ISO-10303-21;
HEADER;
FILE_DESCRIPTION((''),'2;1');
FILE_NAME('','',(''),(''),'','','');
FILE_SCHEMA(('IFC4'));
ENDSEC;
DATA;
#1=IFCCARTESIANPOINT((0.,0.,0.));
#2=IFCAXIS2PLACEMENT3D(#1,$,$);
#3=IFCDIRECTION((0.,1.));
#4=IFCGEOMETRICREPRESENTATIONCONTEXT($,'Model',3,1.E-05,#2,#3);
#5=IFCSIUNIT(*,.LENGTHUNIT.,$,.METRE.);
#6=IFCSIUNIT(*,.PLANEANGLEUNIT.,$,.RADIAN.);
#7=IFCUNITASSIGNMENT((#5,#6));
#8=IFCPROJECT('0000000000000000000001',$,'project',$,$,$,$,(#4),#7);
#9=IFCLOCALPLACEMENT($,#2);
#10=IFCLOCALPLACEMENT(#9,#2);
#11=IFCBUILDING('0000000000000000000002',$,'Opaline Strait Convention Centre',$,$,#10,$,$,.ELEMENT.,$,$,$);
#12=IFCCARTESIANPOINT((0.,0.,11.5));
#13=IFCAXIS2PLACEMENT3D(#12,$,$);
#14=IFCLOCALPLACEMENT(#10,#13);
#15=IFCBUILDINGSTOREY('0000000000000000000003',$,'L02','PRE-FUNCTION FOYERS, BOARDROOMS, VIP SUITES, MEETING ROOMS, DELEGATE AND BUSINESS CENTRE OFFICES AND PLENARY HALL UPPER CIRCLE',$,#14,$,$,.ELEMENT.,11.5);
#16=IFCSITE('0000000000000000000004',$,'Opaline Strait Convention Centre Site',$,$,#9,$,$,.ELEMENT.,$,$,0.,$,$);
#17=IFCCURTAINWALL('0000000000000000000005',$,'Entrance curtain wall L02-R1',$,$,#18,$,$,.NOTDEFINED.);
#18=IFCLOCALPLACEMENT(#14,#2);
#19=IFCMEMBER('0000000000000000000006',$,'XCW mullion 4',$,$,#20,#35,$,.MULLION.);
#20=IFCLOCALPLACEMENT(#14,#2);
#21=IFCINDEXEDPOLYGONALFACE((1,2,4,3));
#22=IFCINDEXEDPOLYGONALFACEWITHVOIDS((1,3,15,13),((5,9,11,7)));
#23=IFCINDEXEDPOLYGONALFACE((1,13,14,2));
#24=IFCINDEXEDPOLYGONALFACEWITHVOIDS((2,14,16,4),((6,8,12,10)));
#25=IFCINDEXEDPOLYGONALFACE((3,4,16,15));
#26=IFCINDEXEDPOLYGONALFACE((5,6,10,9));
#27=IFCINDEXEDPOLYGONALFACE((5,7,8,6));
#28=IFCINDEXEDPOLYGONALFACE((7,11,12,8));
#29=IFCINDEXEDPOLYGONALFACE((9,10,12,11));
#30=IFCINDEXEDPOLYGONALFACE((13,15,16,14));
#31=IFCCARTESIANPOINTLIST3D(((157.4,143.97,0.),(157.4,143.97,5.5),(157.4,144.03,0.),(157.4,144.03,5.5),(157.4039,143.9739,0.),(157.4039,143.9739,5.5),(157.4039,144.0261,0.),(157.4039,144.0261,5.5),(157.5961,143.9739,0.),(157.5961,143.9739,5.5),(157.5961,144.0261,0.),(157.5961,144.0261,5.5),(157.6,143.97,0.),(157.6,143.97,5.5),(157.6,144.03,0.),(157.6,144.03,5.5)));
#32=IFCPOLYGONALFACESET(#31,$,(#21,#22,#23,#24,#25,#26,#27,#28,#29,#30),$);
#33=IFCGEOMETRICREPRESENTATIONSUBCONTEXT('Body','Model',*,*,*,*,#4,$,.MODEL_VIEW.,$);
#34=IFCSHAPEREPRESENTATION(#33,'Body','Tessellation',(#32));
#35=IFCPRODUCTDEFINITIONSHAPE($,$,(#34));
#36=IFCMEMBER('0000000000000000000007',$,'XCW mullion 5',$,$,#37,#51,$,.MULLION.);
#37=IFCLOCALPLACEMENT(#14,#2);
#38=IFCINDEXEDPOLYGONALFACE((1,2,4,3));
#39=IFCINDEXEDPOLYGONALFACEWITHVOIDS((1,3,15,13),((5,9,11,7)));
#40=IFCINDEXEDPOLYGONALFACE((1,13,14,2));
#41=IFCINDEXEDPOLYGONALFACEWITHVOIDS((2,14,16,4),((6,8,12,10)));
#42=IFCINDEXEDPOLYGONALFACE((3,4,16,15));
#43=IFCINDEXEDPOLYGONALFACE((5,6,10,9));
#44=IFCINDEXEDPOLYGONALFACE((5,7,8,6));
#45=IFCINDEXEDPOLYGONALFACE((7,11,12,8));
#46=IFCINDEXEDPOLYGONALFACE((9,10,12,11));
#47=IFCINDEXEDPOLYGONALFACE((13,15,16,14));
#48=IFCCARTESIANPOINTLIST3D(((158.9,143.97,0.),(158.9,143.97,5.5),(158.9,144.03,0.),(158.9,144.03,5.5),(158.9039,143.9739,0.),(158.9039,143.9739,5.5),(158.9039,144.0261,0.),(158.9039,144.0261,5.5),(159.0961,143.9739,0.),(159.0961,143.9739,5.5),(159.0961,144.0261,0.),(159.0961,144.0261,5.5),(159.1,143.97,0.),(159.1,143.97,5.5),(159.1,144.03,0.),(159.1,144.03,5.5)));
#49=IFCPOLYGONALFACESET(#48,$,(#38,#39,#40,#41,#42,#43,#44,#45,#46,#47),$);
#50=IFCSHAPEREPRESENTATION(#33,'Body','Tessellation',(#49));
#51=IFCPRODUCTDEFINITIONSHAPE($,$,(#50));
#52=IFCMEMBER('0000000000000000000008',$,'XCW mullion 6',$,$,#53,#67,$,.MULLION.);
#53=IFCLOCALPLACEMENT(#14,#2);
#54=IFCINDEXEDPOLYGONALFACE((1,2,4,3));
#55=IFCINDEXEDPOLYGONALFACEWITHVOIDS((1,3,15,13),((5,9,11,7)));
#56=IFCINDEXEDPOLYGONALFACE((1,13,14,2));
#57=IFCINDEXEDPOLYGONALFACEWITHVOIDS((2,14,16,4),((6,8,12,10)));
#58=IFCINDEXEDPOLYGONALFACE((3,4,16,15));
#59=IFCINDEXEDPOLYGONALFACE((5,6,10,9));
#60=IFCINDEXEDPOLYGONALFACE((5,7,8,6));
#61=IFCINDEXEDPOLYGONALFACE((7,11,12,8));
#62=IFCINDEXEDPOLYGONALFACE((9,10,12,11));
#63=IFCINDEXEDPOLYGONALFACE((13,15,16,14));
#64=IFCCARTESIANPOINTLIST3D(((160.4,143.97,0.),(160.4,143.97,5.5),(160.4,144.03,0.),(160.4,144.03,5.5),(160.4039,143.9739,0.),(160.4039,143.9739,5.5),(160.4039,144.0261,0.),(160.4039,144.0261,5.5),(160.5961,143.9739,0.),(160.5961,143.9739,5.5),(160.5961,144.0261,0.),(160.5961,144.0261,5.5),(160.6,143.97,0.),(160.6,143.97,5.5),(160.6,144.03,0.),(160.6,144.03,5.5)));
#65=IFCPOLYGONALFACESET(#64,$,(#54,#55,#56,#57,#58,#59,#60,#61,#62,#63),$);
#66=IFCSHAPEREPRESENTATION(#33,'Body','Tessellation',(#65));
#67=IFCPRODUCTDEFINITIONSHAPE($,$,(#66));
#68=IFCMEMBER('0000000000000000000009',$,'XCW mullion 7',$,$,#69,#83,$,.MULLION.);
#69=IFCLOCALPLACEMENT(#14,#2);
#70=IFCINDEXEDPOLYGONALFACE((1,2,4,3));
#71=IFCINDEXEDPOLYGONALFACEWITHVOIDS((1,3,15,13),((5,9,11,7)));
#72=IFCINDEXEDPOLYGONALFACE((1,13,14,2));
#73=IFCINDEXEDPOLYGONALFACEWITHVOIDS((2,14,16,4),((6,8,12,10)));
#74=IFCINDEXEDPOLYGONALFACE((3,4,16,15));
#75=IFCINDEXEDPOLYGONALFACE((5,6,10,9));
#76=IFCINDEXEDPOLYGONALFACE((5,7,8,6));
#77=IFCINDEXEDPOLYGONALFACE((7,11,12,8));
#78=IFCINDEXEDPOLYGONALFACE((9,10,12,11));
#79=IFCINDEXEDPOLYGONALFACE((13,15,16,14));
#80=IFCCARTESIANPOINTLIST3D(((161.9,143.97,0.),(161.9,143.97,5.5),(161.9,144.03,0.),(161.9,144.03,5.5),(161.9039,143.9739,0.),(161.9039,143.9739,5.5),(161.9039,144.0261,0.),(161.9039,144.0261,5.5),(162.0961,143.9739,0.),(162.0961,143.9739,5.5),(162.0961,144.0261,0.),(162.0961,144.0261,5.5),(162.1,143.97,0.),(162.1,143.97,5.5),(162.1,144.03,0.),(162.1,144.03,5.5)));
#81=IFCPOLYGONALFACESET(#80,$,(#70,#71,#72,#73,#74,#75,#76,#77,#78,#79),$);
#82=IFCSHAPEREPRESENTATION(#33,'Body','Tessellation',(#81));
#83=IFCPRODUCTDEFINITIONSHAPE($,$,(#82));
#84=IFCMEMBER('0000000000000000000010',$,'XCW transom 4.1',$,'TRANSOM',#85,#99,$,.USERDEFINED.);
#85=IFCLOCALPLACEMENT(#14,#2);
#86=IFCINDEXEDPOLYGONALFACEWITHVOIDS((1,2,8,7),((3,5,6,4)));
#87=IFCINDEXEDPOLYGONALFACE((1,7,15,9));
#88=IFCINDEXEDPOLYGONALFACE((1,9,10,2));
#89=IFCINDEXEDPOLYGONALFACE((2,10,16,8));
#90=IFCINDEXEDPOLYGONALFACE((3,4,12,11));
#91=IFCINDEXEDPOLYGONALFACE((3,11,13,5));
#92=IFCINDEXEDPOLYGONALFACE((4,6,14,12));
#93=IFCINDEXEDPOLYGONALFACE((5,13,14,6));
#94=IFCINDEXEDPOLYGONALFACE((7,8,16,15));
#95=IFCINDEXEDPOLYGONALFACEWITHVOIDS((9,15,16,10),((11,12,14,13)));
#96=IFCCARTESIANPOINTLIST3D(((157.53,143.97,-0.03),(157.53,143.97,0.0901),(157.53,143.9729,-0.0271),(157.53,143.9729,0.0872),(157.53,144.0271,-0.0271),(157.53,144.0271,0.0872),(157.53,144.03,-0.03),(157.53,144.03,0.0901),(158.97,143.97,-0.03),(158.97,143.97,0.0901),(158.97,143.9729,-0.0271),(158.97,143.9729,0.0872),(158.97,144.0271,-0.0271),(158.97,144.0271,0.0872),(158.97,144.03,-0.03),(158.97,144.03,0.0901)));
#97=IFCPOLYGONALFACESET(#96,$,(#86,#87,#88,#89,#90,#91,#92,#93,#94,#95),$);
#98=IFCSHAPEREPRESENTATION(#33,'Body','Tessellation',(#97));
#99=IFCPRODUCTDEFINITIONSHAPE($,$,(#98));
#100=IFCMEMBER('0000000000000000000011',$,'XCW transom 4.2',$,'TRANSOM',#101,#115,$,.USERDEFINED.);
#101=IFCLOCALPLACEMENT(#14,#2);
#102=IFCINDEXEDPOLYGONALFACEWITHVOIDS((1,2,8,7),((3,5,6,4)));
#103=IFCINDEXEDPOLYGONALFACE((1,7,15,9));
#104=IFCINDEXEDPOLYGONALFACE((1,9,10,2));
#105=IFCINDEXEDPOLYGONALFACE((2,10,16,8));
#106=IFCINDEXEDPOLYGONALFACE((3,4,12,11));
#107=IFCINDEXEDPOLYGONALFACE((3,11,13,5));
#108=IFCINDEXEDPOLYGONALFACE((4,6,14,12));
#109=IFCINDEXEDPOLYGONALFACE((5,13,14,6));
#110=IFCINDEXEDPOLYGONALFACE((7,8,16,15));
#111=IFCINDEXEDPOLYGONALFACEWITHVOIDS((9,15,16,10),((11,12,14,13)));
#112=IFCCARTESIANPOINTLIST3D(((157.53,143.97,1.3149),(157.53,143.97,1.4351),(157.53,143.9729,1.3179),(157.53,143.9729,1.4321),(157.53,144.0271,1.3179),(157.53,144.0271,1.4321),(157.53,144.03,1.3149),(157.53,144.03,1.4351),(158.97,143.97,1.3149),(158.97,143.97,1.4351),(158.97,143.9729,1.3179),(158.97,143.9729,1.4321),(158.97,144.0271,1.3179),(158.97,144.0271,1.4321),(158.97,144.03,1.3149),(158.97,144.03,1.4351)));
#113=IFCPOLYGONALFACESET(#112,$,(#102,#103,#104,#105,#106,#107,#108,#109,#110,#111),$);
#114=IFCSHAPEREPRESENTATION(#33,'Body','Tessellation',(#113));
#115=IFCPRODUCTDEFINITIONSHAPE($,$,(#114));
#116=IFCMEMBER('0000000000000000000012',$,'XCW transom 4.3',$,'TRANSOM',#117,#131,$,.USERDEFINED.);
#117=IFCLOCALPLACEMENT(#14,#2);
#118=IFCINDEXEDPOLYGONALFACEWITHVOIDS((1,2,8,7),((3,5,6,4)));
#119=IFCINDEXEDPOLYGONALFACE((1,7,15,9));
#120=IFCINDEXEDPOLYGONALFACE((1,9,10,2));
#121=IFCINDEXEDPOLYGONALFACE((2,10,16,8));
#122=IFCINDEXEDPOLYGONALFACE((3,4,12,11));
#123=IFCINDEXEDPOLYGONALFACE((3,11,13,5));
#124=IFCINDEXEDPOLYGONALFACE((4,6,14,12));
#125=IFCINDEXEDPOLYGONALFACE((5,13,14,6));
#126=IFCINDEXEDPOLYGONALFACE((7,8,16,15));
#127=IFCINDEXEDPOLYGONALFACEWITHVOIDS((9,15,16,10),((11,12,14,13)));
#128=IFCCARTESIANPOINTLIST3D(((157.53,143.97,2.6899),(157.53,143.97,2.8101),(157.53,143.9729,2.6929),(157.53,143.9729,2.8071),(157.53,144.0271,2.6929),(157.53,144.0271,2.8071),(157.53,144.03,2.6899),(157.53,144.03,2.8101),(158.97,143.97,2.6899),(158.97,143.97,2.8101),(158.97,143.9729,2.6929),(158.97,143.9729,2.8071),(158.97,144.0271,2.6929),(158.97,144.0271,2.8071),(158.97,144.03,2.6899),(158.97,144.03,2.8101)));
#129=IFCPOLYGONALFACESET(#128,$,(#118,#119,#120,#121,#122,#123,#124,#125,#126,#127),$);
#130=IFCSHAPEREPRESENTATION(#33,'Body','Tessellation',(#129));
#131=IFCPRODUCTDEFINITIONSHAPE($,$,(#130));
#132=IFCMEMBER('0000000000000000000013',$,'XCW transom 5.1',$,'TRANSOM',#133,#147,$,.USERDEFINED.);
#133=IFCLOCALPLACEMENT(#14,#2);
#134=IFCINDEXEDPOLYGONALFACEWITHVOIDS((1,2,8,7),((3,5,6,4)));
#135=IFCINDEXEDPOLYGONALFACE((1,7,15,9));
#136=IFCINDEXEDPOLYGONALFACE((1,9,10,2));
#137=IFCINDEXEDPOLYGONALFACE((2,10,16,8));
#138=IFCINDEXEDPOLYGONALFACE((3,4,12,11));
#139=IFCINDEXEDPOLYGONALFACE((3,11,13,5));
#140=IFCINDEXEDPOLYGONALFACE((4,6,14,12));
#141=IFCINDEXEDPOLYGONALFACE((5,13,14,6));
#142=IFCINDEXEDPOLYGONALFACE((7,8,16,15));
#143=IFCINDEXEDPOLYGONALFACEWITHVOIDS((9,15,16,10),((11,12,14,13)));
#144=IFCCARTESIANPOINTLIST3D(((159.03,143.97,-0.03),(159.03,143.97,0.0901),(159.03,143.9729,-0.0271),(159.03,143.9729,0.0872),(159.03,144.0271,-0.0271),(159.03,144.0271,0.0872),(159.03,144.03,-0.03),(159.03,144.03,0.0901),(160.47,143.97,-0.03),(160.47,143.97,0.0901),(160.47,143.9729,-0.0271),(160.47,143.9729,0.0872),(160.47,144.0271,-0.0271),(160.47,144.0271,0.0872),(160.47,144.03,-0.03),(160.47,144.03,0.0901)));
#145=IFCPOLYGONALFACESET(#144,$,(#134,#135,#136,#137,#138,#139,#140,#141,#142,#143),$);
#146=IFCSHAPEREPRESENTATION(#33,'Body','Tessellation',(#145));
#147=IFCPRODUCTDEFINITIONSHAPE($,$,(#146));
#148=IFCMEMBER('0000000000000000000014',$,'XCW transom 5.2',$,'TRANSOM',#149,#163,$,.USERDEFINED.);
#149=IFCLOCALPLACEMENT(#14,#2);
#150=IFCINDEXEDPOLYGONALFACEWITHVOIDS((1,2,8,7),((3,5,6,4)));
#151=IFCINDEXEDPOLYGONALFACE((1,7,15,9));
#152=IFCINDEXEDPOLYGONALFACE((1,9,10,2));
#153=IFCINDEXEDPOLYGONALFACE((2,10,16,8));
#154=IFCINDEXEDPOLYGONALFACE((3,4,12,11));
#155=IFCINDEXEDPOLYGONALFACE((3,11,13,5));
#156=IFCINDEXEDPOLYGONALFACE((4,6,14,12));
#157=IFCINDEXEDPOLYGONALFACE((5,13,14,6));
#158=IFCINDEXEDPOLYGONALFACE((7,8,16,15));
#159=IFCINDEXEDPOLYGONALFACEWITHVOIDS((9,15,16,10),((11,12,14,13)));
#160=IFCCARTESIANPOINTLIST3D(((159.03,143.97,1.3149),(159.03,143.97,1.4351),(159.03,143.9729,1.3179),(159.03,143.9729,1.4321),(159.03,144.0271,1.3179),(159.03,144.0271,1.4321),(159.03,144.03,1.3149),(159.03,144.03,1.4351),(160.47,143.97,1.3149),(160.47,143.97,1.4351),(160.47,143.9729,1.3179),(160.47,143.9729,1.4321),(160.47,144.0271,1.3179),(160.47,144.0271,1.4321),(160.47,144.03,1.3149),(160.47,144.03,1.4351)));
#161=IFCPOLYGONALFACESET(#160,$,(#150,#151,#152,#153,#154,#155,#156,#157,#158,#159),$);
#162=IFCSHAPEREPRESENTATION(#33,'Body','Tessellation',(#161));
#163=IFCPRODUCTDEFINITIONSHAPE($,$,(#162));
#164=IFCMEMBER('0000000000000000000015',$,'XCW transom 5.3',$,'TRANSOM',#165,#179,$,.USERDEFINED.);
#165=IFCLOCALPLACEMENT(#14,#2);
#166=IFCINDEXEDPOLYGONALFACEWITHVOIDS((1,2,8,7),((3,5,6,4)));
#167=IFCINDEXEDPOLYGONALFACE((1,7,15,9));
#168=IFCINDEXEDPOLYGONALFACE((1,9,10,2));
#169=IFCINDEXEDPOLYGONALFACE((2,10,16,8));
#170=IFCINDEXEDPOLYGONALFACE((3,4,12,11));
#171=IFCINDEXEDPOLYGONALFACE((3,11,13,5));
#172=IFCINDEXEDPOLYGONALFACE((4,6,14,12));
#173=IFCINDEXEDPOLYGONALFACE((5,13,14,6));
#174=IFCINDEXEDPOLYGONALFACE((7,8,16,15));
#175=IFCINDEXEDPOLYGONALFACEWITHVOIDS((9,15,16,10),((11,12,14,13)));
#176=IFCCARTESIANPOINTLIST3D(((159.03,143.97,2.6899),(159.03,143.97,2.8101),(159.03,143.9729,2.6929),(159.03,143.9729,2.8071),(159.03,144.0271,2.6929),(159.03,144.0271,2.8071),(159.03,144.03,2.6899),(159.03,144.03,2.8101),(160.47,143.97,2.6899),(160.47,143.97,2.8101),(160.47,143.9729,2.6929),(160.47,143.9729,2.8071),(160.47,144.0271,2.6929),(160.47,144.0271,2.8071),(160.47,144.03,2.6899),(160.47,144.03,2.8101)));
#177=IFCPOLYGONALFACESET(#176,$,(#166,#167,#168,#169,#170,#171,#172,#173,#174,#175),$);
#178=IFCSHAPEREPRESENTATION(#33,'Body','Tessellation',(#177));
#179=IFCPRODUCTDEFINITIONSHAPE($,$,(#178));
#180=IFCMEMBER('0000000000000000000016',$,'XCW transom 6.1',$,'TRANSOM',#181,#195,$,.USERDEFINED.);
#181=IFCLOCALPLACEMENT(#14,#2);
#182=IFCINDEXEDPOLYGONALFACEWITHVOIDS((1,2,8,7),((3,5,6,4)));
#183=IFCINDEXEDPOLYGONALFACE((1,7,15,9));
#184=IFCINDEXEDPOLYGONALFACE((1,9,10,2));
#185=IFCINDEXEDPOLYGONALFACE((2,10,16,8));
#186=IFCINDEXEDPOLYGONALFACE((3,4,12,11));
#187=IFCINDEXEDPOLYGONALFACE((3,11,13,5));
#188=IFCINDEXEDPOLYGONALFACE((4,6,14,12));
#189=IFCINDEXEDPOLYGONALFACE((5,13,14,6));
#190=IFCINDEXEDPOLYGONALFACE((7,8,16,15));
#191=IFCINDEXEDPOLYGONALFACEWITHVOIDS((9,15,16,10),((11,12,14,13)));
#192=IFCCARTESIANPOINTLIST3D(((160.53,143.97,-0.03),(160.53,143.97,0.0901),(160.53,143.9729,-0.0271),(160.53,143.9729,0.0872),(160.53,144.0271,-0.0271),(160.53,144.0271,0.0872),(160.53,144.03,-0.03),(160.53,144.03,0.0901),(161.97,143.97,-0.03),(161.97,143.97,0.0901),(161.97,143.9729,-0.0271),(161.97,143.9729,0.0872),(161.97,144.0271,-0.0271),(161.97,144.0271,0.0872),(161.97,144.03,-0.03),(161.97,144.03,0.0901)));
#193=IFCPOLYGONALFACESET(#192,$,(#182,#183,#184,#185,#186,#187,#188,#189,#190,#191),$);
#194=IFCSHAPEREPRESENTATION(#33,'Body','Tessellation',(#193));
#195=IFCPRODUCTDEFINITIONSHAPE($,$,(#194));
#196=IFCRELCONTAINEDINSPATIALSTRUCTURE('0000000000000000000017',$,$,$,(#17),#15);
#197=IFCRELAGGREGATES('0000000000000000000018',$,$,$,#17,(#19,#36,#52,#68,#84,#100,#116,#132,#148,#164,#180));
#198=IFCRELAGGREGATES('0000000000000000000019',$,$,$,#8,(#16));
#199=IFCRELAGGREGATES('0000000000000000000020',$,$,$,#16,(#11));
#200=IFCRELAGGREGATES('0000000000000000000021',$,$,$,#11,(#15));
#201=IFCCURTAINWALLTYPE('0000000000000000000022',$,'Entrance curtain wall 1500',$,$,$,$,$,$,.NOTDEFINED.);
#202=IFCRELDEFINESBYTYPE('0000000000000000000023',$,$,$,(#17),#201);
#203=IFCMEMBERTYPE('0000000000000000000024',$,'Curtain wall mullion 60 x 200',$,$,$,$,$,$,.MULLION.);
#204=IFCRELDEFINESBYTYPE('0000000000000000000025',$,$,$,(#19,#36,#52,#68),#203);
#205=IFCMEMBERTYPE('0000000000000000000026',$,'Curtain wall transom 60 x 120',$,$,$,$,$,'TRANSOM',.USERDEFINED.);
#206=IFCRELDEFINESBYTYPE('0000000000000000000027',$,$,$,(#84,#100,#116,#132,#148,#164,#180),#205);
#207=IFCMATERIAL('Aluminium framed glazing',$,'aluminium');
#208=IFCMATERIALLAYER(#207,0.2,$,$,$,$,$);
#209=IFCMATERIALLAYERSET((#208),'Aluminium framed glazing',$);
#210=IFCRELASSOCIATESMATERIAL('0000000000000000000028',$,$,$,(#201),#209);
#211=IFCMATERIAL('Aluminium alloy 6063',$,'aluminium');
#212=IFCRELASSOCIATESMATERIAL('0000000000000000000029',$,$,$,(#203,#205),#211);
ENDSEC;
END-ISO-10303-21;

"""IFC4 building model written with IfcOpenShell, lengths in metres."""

from ifc_helpers import new_model, si_unit, direction, frame, origin, origin_2d, place, context, subcontext, project, spatial, hollow_rectangle, extrude, material, layer, layer_set, material_profile, profile_set, type_object, element, aggregate, save


model = new_model("IFC4")

# Units and contexts
model_context = context("Model", 3, precision=1e-05, world=origin(), true_north=direction((0.0, 1.0)))
body_context = subcontext(model_context, "Body", "Model", "MODEL_VIEW")
ifc_project = project(units=[si_unit("LENGTHUNIT", "METRE"), si_unit("PLANEANGLEUNIT", "RADIAN")], contexts=[model_context])

# Site, building, storey
site_placement = place(None, origin())
site = spatial("IfcSite", under=ifc_project, at=site_placement, Name="Opaline Strait Convention Centre Site", CompositionType="ELEMENT", RefElevation=0.0)
building_placement = place(site_placement, origin())
building = spatial("IfcBuilding", under=site, at=building_placement, Name="Opaline Strait Convention Centre", CompositionType="ELEMENT")
storey_placement = place(building_placement, frame((0.0, 0.0, 11.5)))
storey = spatial("IfcBuildingStorey", under=building, at=storey_placement, Name="L02", Description="PRE-FUNCTION FOYERS, BOARDROOMS, VIP SUITES, MEETING ROOMS, DELEGATE AND BUSINESS CENTRE OFFICES AND PLENARY HALL UPPER CIRCLE", CompositionType="ELEMENT", Elevation=11.5)

# Curtain wall, members
ifc_material_1 = material(Name="Aluminium framed glazing", Category="aluminium")
ifc_layer_1 = layer(ifc_material_1, 0.2)
ifc_layer_set_1 = layer_set([ifc_layer_1], Name="Aluminium framed glazing")
curtain_wall_type = type_object("IfcCurtainWallType", Name="Entrance curtain wall 1500", PredefinedType="NOTDEFINED", material=ifc_layer_set_1)
curtain_wall_placement = place(storey_placement, origin())
curtain_wall = element("IfcCurtainWall", 1, at=curtain_wall_placement, inside=storey, type_object=curtain_wall_type, Name="Entrance curtain wall L02-R1", PredefinedType="NOTDEFINED")
ifc_material_2 = material(Name="Aluminium alloy 6063", Category="aluminium")
ifc_material_profile_1 = material_profile(ifc_material_2, hollow_rectangle(XDim=0.0601, YDim=0.2, WallThickness=0.0039, at=origin_2d()), Name="MULLION 60x200x4")
ifc_profile_set_1 = profile_set([ifc_material_profile_1], Name="Aluminium alloy 6063")
member_type_1 = type_object("IfcMemberType", Name="Curtain wall mullion 60 x 200", PredefinedType="MULLION", material=ifc_profile_set_1)
member_1_placement = place(storey_placement, frame((157.5, 144.0, 0.0), z_axis=(0.0, 0.0, 1.0), x_axis=(0.0, 1.0, 0.0)))
member_1 = element("IfcMember", 2, at=member_1_placement, type_object=member_type_1, Name="XCW mullion 4", PredefinedType="MULLION", context=body_context, shape_type="SweptSolid", body=[
    extrude(hollow_rectangle(XDim=0.0601, YDim=0.2, WallThickness=0.0039, at=origin_2d()), origin(), (0.0, 0.0, 1.0), 5.5),
])
member_2_placement = place(storey_placement, frame((159.0, 144.0, 0.0), z_axis=(0.0, 0.0, 1.0), x_axis=(0.0, 1.0, 0.0)))
member_2 = element("IfcMember", 3, at=member_2_placement, type_object=member_type_1, Name="XCW mullion 5", PredefinedType="MULLION", context=body_context, shape_type="SweptSolid", body=[
    extrude(hollow_rectangle(XDim=0.0601, YDim=0.2, WallThickness=0.0039, at=origin_2d()), origin(), (0.0, 0.0, 1.0), 5.5),
])
member_3_placement = place(storey_placement, frame((160.5, 144.0, 0.0), z_axis=(0.0, 0.0, 1.0), x_axis=(0.0, 1.0, 0.0)))
member_3 = element("IfcMember", 4, at=member_3_placement, type_object=member_type_1, Name="XCW mullion 6", PredefinedType="MULLION", context=body_context, shape_type="SweptSolid", body=[
    extrude(hollow_rectangle(XDim=0.0601, YDim=0.2, WallThickness=0.0039, at=origin_2d()), origin(), (0.0, 0.0, 1.0), 5.5),
])
member_4_placement = place(storey_placement, frame((162.0, 144.0, 0.0), z_axis=(0.0, 0.0, 1.0), x_axis=(0.0, 1.0, 0.0)))
member_4 = element("IfcMember", 5, at=member_4_placement, type_object=member_type_1, Name="XCW mullion 7", PredefinedType="MULLION", context=body_context, shape_type="SweptSolid", body=[
    extrude(hollow_rectangle(XDim=0.0601, YDim=0.2, WallThickness=0.0039, at=origin_2d()), origin(), (0.0, 0.0, 1.0), 5.5),
])
ifc_material_profile_2 = material_profile(ifc_material_2, hollow_rectangle(XDim=0.0601, YDim=0.1201, WallThickness=0.0029, at=origin_2d()), Name="TRANSOM 60x120x3")
ifc_profile_set_2 = profile_set([ifc_material_profile_2], Name="Aluminium alloy 6063")
member_type_2 = type_object("IfcMemberType", Name="Curtain wall transom 60 x 120", ElementType="TRANSOM", PredefinedType="USERDEFINED", material=ifc_profile_set_2)
member_5_placement = place(storey_placement, frame((157.53, 144.0, 0.03), z_axis=(1.0, 0.0, 0.0), x_axis=(0.0, 1.0, 0.0)))
member_5 = element("IfcMember", 6, at=member_5_placement, type_object=member_type_2, Name="XCW transom 4.1", ObjectType="TRANSOM", PredefinedType="USERDEFINED", context=body_context, shape_type="SweptSolid", body=[
    extrude(hollow_rectangle(XDim=0.0601, YDim=0.1201, WallThickness=0.0029, at=origin_2d()), origin(), (0.0, 0.0, 1.0), 1.4399),
])
member_6_placement = place(storey_placement, frame((157.53, 144.0, 1.375), z_axis=(1.0, 0.0, 0.0), x_axis=(0.0, 1.0, 0.0)))
member_6 = element("IfcMember", 7, at=member_6_placement, type_object=member_type_2, Name="XCW transom 4.2", ObjectType="TRANSOM", PredefinedType="USERDEFINED", context=body_context, shape_type="SweptSolid", body=[
    extrude(hollow_rectangle(XDim=0.0601, YDim=0.1201, WallThickness=0.0029, at=origin_2d()), origin(), (0.0, 0.0, 1.0), 1.4399),
])
member_7_placement = place(storey_placement, frame((157.53, 144.0, 2.75), z_axis=(1.0, 0.0, 0.0), x_axis=(0.0, 1.0, 0.0)))
member_7 = element("IfcMember", 8, at=member_7_placement, type_object=member_type_2, Name="XCW transom 4.3", ObjectType="TRANSOM", PredefinedType="USERDEFINED", context=body_context, shape_type="SweptSolid", body=[
    extrude(hollow_rectangle(XDim=0.0601, YDim=0.1201, WallThickness=0.0029, at=origin_2d()), origin(), (0.0, 0.0, 1.0), 1.4399),
])
member_8_placement = place(storey_placement, frame((159.03, 144.0, 0.03), z_axis=(1.0, 0.0, 0.0), x_axis=(0.0, 1.0, 0.0)))
member_8 = element("IfcMember", 9, at=member_8_placement, type_object=member_type_2, Name="XCW transom 5.1", ObjectType="TRANSOM", PredefinedType="USERDEFINED", context=body_context, shape_type="SweptSolid", body=[
    extrude(hollow_rectangle(XDim=0.0601, YDim=0.1201, WallThickness=0.0029, at=origin_2d()), origin(), (0.0, 0.0, 1.0), 1.4399),
])
member_9_placement = place(storey_placement, frame((159.03, 144.0, 1.375), z_axis=(1.0, 0.0, 0.0), x_axis=(0.0, 1.0, 0.0)))
member_9 = element("IfcMember", 10, at=member_9_placement, type_object=member_type_2, Name="XCW transom 5.2", ObjectType="TRANSOM", PredefinedType="USERDEFINED", context=body_context, shape_type="SweptSolid", body=[
    extrude(hollow_rectangle(XDim=0.0601, YDim=0.1201, WallThickness=0.0029, at=origin_2d()), origin(), (0.0, 0.0, 1.0), 1.4399),
])
member_10_placement = place(storey_placement, frame((159.03, 144.0, 2.75), z_axis=(1.0, 0.0, 0.0), x_axis=(0.0, 1.0, 0.0)))
member_10 = element("IfcMember", 11, at=member_10_placement, type_object=member_type_2, Name="XCW transom 5.3", ObjectType="TRANSOM", PredefinedType="USERDEFINED", context=body_context, shape_type="SweptSolid", body=[
    extrude(hollow_rectangle(XDim=0.0601, YDim=0.1201, WallThickness=0.0029, at=origin_2d()), origin(), (0.0, 0.0, 1.0), 1.4399),
])
member_11_placement = place(storey_placement, frame((160.53, 144.0, 0.03), z_axis=(1.0, 0.0, 0.0), x_axis=(0.0, 1.0, 0.0)))
member_11 = element("IfcMember", 12, at=member_11_placement, type_object=member_type_2, Name="XCW transom 6.1", ObjectType="TRANSOM", PredefinedType="USERDEFINED", context=body_context, shape_type="SweptSolid", body=[
    extrude(hollow_rectangle(XDim=0.0601, YDim=0.1201, WallThickness=0.0029, at=origin_2d()), origin(), (0.0, 0.0, 1.0), 1.4399),
])
aggregate(curtain_wall, [member_1, member_2, member_3, member_4, member_5, member_6, member_7, member_8, member_9, member_10, member_11])

save(model, "model.ifc")
